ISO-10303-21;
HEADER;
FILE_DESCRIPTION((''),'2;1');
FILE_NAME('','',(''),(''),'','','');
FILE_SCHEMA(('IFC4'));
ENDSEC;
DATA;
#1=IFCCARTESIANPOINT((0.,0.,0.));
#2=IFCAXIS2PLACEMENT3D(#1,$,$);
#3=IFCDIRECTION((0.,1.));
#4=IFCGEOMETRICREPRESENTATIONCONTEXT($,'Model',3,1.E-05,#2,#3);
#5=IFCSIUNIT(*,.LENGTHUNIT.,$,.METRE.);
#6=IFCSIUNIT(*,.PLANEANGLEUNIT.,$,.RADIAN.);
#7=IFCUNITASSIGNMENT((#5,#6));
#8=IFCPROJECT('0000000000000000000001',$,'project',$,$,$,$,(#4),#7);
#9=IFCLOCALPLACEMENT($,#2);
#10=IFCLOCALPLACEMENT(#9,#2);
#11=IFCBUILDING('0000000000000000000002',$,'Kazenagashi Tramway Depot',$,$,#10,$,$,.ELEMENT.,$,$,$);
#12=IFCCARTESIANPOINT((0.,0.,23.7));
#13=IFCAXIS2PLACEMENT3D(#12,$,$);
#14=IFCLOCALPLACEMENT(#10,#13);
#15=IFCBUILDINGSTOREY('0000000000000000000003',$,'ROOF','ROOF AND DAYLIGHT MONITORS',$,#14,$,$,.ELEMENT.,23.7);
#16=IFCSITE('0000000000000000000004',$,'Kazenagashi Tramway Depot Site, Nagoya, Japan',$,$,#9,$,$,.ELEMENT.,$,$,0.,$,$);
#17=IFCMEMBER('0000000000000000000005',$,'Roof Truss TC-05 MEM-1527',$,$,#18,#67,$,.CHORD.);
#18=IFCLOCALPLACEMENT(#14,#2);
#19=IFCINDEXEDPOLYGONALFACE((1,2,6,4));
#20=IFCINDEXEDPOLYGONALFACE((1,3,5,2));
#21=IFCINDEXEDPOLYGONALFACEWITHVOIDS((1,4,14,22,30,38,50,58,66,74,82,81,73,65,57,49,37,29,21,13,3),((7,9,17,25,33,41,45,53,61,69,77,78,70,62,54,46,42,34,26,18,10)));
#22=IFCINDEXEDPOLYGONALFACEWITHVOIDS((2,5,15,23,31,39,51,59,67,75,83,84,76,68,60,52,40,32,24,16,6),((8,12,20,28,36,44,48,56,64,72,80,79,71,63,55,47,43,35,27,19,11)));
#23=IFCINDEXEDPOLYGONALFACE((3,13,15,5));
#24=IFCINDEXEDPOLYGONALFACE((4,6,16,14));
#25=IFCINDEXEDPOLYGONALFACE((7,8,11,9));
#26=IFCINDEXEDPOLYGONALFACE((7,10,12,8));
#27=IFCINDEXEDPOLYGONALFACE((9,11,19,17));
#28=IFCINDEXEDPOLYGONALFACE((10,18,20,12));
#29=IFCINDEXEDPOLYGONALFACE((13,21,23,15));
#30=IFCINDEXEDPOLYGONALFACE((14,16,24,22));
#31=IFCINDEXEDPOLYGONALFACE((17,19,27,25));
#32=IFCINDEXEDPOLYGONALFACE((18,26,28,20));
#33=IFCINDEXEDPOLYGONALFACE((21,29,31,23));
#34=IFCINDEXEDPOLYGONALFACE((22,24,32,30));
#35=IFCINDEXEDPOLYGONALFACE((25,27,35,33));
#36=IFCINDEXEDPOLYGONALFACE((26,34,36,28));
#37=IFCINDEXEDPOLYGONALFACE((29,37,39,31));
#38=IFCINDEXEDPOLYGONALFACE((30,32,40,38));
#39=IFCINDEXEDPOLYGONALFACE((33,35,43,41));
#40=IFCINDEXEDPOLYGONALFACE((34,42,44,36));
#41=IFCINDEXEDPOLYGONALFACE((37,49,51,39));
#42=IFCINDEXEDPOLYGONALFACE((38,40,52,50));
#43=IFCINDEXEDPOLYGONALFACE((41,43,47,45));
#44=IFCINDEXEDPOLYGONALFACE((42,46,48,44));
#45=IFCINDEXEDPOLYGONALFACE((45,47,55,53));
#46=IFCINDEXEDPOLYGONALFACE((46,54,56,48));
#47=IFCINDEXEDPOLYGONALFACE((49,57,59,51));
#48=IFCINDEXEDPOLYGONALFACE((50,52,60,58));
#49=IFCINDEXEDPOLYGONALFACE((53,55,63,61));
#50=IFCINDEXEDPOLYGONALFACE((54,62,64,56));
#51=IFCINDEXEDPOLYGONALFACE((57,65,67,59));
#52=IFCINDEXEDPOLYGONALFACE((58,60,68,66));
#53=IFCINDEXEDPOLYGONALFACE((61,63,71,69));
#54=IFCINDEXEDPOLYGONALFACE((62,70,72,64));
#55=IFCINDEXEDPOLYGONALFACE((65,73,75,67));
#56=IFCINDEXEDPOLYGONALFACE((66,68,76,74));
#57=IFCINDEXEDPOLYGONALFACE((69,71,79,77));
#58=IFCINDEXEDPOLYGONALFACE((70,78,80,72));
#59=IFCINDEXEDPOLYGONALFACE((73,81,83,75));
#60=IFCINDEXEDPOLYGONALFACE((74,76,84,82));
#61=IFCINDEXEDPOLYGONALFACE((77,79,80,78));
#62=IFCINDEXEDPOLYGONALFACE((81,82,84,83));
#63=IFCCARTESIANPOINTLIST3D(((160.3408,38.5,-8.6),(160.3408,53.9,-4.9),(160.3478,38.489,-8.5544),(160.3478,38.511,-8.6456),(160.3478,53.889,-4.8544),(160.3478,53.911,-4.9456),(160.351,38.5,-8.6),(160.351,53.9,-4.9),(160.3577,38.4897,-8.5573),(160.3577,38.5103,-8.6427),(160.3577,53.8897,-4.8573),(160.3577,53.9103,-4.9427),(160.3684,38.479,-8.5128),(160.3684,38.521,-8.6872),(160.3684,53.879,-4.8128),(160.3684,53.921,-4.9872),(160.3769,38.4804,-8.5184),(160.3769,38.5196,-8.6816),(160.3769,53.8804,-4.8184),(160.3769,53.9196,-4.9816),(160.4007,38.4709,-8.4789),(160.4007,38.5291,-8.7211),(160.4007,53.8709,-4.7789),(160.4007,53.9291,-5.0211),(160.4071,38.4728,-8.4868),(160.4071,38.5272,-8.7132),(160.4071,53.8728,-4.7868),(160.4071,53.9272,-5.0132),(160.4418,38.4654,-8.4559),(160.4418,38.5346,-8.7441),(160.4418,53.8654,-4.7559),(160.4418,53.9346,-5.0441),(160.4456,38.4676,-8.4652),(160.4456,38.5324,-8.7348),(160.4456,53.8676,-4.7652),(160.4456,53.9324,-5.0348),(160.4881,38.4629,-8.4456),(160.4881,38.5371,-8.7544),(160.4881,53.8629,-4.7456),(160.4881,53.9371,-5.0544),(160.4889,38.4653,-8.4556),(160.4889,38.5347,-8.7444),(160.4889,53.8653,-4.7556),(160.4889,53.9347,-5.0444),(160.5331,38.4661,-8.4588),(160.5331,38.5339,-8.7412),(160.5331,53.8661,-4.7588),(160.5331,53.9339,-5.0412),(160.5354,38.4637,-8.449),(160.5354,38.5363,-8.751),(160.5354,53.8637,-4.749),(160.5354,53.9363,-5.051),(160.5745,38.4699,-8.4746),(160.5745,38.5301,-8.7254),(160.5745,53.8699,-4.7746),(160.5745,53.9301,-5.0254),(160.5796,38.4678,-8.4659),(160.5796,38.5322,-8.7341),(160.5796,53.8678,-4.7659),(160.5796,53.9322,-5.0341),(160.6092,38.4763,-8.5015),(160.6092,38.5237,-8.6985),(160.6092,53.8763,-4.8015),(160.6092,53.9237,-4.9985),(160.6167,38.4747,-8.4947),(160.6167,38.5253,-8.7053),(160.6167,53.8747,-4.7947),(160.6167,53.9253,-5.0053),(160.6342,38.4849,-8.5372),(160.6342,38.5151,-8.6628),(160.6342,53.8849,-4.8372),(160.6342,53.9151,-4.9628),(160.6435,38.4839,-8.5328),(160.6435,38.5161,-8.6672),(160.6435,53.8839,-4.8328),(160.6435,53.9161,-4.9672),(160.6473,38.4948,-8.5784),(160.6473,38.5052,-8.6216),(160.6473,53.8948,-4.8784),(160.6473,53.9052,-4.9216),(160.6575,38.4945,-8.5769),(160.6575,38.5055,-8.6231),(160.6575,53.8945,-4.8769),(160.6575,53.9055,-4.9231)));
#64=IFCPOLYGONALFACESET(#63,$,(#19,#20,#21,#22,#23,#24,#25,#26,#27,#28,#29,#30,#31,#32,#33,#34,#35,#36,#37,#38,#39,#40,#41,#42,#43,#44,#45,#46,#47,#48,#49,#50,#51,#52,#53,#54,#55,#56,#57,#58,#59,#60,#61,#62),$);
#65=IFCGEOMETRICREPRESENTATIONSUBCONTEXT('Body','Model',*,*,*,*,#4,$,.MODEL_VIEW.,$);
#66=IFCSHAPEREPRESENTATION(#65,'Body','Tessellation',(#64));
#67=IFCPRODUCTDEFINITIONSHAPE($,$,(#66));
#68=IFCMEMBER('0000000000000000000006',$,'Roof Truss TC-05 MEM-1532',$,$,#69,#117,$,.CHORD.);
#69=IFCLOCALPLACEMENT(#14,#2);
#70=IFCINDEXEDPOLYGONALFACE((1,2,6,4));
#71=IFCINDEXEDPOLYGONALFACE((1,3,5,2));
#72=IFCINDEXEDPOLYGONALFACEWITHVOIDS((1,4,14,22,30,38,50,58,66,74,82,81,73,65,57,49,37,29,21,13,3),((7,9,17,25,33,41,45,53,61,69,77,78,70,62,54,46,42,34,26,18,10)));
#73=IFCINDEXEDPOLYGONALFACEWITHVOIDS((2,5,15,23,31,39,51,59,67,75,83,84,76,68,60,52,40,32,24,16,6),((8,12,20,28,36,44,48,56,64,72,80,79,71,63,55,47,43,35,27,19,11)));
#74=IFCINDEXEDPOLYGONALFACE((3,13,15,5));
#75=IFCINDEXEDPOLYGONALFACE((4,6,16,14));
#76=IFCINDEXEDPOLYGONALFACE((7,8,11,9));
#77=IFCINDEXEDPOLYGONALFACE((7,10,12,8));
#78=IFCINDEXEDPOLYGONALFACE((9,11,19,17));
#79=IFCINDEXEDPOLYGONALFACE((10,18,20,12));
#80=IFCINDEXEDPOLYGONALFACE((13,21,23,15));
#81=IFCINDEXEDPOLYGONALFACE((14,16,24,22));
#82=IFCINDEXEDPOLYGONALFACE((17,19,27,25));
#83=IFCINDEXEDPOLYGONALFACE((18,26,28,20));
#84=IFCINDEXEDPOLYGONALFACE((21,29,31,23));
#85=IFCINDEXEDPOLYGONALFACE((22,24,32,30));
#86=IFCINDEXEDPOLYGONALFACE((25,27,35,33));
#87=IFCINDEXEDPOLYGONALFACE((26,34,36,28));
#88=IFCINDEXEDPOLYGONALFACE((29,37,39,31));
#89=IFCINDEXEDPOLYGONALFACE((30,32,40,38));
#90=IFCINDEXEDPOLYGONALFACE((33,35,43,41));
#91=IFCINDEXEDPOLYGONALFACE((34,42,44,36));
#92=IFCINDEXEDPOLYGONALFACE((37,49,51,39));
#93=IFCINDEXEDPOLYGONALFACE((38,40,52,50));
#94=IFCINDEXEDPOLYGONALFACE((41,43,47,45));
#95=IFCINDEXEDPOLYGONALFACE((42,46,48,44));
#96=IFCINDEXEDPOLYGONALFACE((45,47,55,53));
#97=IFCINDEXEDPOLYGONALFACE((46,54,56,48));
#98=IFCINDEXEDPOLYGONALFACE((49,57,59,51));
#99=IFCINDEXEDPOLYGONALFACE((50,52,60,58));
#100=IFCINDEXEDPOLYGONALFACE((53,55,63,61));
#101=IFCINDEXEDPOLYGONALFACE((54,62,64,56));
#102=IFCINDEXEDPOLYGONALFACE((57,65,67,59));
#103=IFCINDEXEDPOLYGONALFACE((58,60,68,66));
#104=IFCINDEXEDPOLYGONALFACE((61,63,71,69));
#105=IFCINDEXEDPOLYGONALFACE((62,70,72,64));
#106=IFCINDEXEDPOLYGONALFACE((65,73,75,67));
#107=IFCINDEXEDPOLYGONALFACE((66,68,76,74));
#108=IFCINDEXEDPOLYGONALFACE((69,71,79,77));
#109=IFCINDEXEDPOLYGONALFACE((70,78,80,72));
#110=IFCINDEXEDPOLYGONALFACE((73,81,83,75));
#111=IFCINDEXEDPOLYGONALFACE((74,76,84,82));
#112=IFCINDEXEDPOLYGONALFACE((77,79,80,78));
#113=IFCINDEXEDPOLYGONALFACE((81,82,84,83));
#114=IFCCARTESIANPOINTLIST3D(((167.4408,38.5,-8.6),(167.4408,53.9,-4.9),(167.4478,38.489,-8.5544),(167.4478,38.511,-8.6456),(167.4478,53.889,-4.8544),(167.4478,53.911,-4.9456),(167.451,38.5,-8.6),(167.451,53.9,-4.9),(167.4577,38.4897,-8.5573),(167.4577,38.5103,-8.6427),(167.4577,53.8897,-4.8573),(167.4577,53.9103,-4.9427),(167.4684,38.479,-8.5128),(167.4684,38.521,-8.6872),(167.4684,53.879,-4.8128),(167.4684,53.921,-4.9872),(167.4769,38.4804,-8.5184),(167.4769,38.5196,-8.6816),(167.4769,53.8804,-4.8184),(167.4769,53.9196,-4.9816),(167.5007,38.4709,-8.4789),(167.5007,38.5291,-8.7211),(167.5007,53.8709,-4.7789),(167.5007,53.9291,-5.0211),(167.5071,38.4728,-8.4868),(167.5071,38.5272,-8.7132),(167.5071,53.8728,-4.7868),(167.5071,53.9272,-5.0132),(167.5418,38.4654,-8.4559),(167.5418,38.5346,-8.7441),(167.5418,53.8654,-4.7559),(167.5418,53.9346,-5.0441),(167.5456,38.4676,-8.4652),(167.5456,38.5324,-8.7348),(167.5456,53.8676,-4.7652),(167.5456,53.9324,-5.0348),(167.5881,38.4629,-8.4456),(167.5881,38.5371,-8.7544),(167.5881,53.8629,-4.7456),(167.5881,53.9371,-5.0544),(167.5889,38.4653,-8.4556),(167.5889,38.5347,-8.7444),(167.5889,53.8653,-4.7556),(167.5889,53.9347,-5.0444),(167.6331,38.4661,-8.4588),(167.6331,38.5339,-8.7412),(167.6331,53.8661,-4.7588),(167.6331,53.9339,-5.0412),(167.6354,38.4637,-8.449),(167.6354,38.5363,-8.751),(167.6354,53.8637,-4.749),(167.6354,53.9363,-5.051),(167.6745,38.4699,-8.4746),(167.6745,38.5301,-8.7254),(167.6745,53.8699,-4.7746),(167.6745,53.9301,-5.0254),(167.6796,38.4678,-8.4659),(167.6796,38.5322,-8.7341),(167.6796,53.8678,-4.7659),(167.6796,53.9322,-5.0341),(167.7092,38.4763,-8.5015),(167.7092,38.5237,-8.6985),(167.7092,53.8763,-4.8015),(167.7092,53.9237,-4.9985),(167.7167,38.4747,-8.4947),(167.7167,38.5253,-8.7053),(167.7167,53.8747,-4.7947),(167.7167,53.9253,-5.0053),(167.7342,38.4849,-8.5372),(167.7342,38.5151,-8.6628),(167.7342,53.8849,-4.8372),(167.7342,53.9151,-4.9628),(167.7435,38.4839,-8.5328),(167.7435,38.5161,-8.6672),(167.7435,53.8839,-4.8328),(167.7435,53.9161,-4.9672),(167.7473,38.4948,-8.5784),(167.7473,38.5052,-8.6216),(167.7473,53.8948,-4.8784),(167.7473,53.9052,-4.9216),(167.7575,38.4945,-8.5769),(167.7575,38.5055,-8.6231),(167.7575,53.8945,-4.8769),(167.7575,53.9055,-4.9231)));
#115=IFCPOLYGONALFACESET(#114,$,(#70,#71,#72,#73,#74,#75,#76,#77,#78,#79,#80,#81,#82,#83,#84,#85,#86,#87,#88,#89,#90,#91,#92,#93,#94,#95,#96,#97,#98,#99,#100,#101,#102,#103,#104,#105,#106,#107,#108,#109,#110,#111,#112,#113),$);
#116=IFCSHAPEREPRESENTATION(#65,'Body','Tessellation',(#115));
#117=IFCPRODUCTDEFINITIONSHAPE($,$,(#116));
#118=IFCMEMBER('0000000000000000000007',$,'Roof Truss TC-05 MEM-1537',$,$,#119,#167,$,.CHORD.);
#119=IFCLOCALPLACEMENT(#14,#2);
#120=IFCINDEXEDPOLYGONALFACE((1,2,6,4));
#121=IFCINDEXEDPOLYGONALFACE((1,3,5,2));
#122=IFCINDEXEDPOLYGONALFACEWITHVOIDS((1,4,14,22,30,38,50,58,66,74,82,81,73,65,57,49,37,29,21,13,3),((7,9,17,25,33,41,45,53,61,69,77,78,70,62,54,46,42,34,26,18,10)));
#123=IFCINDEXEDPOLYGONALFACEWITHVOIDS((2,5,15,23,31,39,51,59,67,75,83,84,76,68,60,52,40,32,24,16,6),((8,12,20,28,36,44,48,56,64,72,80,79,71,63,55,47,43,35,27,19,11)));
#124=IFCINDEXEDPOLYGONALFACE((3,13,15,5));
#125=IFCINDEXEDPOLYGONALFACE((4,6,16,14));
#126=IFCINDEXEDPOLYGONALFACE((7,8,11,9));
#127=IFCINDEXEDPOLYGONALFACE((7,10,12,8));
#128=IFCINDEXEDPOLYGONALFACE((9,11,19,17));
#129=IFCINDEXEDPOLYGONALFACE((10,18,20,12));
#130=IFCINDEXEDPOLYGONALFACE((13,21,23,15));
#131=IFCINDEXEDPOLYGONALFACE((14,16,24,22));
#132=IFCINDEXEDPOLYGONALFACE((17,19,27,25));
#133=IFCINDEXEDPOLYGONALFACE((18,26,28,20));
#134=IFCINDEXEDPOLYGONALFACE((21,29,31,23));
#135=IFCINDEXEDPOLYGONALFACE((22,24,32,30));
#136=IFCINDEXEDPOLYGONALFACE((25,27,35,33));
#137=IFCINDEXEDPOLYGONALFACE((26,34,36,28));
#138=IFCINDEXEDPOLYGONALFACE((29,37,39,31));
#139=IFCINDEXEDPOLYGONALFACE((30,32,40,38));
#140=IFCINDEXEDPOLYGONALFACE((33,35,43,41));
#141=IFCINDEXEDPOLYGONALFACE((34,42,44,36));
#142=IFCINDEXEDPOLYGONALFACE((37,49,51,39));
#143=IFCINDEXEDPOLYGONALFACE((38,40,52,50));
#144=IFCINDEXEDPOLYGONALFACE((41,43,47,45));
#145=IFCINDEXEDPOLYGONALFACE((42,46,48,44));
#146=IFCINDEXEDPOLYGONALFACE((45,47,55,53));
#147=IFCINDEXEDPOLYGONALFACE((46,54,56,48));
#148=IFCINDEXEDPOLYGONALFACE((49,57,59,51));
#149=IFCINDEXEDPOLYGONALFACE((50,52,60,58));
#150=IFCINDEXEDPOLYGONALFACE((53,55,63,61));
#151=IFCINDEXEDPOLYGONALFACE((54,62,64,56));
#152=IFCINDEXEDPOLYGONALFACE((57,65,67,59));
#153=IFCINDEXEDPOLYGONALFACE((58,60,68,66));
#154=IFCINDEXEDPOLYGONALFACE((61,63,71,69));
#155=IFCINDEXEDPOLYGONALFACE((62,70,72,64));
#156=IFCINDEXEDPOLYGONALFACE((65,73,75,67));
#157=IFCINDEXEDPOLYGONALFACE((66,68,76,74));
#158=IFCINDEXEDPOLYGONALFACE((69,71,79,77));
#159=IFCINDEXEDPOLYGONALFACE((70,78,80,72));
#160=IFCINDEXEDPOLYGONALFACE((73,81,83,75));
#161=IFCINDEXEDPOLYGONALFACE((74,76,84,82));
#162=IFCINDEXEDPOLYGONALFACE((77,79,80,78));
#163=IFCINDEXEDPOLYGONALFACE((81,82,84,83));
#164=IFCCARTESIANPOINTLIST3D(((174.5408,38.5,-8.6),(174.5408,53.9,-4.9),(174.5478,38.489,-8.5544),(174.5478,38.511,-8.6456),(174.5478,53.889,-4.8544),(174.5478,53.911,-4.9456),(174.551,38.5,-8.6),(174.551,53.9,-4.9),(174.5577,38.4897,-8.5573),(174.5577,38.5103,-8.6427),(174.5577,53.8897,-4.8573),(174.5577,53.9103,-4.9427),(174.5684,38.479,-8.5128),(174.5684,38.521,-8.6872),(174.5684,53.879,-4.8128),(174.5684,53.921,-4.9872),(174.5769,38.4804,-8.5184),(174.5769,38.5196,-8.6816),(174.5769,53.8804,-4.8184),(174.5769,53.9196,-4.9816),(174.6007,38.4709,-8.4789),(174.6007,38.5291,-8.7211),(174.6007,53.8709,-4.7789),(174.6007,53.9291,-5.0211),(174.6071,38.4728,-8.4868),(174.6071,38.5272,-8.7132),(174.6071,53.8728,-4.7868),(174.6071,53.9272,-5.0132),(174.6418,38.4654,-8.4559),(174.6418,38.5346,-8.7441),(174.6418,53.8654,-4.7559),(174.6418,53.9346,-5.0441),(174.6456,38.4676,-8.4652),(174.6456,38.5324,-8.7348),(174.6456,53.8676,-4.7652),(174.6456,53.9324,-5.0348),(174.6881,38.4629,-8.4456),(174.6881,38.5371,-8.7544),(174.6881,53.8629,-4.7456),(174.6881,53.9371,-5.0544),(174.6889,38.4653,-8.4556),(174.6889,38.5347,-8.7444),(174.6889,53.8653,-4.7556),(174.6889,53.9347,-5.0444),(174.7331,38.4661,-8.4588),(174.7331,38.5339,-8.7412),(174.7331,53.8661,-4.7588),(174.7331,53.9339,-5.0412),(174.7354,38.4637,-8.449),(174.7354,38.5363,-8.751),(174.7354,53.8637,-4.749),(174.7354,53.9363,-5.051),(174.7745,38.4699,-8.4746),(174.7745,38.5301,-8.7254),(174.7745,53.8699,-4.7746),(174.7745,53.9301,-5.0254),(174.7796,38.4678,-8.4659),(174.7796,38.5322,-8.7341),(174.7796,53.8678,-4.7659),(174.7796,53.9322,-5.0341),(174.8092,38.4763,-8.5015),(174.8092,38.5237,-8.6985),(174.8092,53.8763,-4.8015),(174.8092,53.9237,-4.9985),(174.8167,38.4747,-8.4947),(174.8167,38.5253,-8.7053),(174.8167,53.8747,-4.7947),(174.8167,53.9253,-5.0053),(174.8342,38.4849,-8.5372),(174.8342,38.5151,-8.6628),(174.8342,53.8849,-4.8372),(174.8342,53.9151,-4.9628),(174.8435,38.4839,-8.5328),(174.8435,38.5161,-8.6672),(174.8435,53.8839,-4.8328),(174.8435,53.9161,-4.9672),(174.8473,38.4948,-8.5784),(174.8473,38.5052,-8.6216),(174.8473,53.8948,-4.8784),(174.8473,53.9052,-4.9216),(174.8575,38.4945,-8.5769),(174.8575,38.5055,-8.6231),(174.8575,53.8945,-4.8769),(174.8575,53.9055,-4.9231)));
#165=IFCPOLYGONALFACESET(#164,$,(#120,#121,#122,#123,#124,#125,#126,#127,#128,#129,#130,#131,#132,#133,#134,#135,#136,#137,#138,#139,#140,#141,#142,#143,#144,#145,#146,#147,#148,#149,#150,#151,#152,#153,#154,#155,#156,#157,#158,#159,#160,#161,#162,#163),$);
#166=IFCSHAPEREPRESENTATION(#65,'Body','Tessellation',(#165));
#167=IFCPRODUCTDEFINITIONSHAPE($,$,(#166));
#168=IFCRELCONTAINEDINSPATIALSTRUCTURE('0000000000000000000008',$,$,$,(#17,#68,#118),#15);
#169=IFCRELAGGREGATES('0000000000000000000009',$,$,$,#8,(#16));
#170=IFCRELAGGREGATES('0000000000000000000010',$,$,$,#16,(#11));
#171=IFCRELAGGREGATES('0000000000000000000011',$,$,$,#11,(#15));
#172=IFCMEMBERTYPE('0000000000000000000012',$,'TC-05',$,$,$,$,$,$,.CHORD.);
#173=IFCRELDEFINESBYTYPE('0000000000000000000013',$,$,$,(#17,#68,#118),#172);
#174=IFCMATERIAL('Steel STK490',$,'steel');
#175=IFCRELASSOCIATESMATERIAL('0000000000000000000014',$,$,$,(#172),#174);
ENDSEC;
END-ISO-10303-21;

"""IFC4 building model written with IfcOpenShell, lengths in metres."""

from ifc_helpers import new_model, si_unit, direction, frame, origin, origin_2d, place, context, subcontext, project, spatial, hollow_circle, extrude, material, material_profile, profile_set, type_object, element, save


model = new_model("IFC4")

# Units and contexts
model_context = context("Model", 3, precision=1e-05, world=origin(), true_north=direction((0.0, 1.0)))
body_context = subcontext(model_context, "Body", "Model", "MODEL_VIEW")
ifc_project = project(units=[si_unit("LENGTHUNIT", "METRE"), si_unit("PLANEANGLEUNIT", "RADIAN")], contexts=[model_context])

# Site, building, storey
site_placement = place(None, origin())
site = spatial("IfcSite", under=ifc_project, at=site_placement, Name="Kazenagashi Tramway Depot Site, Nagoya, Japan", CompositionType="ELEMENT", RefElevation=0.0)
building_placement = place(site_placement, origin())
building = spatial("IfcBuilding", under=site, at=building_placement, Name="Kazenagashi Tramway Depot", CompositionType="ELEMENT")
storey_placement = place(building_placement, frame((0.0, 0.0, 23.7)))
storey = spatial("IfcBuildingStorey", under=building, at=storey_placement, Name="ROOF", Description="ROOF AND DAYLIGHT MONITORS", CompositionType="ELEMENT", Elevation=23.7)

# Members
ifc_material_1 = material(Name="Steel STK490", Category="steel")
ifc_material_profile_1 = material_profile(ifc_material_1, hollow_circle(Radius=0.1593, WallThickness=0.0103, at=origin_2d()), Name="CHS-318.5x10.3")
ifc_profile_set_1 = profile_set([ifc_material_profile_1], Name="Steel STK490")
member_type_1 = type_object("IfcMemberType", Name="TC-05", PredefinedType="CHORD", material=ifc_profile_set_1)
for number, where, z_axis, x_axis, name in (
    (1, (160.5, 38.5, -8.6), (0.0, 0.97233, 0.233612), (-1.0, 0.0, 0.0), "Roof Truss TC-05 MEM-1527"),
    (2, (167.6, 38.5, -8.6), (0.0, 0.97233, 0.233612), (-1.0, 0.0, 0.0), "Roof Truss TC-05 MEM-1532"),
    (3, (174.7, 38.5, -8.6), (0.0, 0.97233, 0.233612), (-1.0, 0.0, 0.0), "Roof Truss TC-05 MEM-1537"),
):
    element("IfcMember", number, at=place(storey_placement, frame(where, z_axis=z_axis, x_axis=x_axis)), inside=storey, type_object=member_type_1, Name=name, PredefinedType="CHORD", context=body_context, shape_type="SweptSolid", body=[
        extrude(hollow_circle(Radius=0.1593, WallThickness=0.0103, at=origin_2d()), origin(), (0.0, 0.0, 1.0), 15.8382),
    ])

save(model, "model.ifc")
